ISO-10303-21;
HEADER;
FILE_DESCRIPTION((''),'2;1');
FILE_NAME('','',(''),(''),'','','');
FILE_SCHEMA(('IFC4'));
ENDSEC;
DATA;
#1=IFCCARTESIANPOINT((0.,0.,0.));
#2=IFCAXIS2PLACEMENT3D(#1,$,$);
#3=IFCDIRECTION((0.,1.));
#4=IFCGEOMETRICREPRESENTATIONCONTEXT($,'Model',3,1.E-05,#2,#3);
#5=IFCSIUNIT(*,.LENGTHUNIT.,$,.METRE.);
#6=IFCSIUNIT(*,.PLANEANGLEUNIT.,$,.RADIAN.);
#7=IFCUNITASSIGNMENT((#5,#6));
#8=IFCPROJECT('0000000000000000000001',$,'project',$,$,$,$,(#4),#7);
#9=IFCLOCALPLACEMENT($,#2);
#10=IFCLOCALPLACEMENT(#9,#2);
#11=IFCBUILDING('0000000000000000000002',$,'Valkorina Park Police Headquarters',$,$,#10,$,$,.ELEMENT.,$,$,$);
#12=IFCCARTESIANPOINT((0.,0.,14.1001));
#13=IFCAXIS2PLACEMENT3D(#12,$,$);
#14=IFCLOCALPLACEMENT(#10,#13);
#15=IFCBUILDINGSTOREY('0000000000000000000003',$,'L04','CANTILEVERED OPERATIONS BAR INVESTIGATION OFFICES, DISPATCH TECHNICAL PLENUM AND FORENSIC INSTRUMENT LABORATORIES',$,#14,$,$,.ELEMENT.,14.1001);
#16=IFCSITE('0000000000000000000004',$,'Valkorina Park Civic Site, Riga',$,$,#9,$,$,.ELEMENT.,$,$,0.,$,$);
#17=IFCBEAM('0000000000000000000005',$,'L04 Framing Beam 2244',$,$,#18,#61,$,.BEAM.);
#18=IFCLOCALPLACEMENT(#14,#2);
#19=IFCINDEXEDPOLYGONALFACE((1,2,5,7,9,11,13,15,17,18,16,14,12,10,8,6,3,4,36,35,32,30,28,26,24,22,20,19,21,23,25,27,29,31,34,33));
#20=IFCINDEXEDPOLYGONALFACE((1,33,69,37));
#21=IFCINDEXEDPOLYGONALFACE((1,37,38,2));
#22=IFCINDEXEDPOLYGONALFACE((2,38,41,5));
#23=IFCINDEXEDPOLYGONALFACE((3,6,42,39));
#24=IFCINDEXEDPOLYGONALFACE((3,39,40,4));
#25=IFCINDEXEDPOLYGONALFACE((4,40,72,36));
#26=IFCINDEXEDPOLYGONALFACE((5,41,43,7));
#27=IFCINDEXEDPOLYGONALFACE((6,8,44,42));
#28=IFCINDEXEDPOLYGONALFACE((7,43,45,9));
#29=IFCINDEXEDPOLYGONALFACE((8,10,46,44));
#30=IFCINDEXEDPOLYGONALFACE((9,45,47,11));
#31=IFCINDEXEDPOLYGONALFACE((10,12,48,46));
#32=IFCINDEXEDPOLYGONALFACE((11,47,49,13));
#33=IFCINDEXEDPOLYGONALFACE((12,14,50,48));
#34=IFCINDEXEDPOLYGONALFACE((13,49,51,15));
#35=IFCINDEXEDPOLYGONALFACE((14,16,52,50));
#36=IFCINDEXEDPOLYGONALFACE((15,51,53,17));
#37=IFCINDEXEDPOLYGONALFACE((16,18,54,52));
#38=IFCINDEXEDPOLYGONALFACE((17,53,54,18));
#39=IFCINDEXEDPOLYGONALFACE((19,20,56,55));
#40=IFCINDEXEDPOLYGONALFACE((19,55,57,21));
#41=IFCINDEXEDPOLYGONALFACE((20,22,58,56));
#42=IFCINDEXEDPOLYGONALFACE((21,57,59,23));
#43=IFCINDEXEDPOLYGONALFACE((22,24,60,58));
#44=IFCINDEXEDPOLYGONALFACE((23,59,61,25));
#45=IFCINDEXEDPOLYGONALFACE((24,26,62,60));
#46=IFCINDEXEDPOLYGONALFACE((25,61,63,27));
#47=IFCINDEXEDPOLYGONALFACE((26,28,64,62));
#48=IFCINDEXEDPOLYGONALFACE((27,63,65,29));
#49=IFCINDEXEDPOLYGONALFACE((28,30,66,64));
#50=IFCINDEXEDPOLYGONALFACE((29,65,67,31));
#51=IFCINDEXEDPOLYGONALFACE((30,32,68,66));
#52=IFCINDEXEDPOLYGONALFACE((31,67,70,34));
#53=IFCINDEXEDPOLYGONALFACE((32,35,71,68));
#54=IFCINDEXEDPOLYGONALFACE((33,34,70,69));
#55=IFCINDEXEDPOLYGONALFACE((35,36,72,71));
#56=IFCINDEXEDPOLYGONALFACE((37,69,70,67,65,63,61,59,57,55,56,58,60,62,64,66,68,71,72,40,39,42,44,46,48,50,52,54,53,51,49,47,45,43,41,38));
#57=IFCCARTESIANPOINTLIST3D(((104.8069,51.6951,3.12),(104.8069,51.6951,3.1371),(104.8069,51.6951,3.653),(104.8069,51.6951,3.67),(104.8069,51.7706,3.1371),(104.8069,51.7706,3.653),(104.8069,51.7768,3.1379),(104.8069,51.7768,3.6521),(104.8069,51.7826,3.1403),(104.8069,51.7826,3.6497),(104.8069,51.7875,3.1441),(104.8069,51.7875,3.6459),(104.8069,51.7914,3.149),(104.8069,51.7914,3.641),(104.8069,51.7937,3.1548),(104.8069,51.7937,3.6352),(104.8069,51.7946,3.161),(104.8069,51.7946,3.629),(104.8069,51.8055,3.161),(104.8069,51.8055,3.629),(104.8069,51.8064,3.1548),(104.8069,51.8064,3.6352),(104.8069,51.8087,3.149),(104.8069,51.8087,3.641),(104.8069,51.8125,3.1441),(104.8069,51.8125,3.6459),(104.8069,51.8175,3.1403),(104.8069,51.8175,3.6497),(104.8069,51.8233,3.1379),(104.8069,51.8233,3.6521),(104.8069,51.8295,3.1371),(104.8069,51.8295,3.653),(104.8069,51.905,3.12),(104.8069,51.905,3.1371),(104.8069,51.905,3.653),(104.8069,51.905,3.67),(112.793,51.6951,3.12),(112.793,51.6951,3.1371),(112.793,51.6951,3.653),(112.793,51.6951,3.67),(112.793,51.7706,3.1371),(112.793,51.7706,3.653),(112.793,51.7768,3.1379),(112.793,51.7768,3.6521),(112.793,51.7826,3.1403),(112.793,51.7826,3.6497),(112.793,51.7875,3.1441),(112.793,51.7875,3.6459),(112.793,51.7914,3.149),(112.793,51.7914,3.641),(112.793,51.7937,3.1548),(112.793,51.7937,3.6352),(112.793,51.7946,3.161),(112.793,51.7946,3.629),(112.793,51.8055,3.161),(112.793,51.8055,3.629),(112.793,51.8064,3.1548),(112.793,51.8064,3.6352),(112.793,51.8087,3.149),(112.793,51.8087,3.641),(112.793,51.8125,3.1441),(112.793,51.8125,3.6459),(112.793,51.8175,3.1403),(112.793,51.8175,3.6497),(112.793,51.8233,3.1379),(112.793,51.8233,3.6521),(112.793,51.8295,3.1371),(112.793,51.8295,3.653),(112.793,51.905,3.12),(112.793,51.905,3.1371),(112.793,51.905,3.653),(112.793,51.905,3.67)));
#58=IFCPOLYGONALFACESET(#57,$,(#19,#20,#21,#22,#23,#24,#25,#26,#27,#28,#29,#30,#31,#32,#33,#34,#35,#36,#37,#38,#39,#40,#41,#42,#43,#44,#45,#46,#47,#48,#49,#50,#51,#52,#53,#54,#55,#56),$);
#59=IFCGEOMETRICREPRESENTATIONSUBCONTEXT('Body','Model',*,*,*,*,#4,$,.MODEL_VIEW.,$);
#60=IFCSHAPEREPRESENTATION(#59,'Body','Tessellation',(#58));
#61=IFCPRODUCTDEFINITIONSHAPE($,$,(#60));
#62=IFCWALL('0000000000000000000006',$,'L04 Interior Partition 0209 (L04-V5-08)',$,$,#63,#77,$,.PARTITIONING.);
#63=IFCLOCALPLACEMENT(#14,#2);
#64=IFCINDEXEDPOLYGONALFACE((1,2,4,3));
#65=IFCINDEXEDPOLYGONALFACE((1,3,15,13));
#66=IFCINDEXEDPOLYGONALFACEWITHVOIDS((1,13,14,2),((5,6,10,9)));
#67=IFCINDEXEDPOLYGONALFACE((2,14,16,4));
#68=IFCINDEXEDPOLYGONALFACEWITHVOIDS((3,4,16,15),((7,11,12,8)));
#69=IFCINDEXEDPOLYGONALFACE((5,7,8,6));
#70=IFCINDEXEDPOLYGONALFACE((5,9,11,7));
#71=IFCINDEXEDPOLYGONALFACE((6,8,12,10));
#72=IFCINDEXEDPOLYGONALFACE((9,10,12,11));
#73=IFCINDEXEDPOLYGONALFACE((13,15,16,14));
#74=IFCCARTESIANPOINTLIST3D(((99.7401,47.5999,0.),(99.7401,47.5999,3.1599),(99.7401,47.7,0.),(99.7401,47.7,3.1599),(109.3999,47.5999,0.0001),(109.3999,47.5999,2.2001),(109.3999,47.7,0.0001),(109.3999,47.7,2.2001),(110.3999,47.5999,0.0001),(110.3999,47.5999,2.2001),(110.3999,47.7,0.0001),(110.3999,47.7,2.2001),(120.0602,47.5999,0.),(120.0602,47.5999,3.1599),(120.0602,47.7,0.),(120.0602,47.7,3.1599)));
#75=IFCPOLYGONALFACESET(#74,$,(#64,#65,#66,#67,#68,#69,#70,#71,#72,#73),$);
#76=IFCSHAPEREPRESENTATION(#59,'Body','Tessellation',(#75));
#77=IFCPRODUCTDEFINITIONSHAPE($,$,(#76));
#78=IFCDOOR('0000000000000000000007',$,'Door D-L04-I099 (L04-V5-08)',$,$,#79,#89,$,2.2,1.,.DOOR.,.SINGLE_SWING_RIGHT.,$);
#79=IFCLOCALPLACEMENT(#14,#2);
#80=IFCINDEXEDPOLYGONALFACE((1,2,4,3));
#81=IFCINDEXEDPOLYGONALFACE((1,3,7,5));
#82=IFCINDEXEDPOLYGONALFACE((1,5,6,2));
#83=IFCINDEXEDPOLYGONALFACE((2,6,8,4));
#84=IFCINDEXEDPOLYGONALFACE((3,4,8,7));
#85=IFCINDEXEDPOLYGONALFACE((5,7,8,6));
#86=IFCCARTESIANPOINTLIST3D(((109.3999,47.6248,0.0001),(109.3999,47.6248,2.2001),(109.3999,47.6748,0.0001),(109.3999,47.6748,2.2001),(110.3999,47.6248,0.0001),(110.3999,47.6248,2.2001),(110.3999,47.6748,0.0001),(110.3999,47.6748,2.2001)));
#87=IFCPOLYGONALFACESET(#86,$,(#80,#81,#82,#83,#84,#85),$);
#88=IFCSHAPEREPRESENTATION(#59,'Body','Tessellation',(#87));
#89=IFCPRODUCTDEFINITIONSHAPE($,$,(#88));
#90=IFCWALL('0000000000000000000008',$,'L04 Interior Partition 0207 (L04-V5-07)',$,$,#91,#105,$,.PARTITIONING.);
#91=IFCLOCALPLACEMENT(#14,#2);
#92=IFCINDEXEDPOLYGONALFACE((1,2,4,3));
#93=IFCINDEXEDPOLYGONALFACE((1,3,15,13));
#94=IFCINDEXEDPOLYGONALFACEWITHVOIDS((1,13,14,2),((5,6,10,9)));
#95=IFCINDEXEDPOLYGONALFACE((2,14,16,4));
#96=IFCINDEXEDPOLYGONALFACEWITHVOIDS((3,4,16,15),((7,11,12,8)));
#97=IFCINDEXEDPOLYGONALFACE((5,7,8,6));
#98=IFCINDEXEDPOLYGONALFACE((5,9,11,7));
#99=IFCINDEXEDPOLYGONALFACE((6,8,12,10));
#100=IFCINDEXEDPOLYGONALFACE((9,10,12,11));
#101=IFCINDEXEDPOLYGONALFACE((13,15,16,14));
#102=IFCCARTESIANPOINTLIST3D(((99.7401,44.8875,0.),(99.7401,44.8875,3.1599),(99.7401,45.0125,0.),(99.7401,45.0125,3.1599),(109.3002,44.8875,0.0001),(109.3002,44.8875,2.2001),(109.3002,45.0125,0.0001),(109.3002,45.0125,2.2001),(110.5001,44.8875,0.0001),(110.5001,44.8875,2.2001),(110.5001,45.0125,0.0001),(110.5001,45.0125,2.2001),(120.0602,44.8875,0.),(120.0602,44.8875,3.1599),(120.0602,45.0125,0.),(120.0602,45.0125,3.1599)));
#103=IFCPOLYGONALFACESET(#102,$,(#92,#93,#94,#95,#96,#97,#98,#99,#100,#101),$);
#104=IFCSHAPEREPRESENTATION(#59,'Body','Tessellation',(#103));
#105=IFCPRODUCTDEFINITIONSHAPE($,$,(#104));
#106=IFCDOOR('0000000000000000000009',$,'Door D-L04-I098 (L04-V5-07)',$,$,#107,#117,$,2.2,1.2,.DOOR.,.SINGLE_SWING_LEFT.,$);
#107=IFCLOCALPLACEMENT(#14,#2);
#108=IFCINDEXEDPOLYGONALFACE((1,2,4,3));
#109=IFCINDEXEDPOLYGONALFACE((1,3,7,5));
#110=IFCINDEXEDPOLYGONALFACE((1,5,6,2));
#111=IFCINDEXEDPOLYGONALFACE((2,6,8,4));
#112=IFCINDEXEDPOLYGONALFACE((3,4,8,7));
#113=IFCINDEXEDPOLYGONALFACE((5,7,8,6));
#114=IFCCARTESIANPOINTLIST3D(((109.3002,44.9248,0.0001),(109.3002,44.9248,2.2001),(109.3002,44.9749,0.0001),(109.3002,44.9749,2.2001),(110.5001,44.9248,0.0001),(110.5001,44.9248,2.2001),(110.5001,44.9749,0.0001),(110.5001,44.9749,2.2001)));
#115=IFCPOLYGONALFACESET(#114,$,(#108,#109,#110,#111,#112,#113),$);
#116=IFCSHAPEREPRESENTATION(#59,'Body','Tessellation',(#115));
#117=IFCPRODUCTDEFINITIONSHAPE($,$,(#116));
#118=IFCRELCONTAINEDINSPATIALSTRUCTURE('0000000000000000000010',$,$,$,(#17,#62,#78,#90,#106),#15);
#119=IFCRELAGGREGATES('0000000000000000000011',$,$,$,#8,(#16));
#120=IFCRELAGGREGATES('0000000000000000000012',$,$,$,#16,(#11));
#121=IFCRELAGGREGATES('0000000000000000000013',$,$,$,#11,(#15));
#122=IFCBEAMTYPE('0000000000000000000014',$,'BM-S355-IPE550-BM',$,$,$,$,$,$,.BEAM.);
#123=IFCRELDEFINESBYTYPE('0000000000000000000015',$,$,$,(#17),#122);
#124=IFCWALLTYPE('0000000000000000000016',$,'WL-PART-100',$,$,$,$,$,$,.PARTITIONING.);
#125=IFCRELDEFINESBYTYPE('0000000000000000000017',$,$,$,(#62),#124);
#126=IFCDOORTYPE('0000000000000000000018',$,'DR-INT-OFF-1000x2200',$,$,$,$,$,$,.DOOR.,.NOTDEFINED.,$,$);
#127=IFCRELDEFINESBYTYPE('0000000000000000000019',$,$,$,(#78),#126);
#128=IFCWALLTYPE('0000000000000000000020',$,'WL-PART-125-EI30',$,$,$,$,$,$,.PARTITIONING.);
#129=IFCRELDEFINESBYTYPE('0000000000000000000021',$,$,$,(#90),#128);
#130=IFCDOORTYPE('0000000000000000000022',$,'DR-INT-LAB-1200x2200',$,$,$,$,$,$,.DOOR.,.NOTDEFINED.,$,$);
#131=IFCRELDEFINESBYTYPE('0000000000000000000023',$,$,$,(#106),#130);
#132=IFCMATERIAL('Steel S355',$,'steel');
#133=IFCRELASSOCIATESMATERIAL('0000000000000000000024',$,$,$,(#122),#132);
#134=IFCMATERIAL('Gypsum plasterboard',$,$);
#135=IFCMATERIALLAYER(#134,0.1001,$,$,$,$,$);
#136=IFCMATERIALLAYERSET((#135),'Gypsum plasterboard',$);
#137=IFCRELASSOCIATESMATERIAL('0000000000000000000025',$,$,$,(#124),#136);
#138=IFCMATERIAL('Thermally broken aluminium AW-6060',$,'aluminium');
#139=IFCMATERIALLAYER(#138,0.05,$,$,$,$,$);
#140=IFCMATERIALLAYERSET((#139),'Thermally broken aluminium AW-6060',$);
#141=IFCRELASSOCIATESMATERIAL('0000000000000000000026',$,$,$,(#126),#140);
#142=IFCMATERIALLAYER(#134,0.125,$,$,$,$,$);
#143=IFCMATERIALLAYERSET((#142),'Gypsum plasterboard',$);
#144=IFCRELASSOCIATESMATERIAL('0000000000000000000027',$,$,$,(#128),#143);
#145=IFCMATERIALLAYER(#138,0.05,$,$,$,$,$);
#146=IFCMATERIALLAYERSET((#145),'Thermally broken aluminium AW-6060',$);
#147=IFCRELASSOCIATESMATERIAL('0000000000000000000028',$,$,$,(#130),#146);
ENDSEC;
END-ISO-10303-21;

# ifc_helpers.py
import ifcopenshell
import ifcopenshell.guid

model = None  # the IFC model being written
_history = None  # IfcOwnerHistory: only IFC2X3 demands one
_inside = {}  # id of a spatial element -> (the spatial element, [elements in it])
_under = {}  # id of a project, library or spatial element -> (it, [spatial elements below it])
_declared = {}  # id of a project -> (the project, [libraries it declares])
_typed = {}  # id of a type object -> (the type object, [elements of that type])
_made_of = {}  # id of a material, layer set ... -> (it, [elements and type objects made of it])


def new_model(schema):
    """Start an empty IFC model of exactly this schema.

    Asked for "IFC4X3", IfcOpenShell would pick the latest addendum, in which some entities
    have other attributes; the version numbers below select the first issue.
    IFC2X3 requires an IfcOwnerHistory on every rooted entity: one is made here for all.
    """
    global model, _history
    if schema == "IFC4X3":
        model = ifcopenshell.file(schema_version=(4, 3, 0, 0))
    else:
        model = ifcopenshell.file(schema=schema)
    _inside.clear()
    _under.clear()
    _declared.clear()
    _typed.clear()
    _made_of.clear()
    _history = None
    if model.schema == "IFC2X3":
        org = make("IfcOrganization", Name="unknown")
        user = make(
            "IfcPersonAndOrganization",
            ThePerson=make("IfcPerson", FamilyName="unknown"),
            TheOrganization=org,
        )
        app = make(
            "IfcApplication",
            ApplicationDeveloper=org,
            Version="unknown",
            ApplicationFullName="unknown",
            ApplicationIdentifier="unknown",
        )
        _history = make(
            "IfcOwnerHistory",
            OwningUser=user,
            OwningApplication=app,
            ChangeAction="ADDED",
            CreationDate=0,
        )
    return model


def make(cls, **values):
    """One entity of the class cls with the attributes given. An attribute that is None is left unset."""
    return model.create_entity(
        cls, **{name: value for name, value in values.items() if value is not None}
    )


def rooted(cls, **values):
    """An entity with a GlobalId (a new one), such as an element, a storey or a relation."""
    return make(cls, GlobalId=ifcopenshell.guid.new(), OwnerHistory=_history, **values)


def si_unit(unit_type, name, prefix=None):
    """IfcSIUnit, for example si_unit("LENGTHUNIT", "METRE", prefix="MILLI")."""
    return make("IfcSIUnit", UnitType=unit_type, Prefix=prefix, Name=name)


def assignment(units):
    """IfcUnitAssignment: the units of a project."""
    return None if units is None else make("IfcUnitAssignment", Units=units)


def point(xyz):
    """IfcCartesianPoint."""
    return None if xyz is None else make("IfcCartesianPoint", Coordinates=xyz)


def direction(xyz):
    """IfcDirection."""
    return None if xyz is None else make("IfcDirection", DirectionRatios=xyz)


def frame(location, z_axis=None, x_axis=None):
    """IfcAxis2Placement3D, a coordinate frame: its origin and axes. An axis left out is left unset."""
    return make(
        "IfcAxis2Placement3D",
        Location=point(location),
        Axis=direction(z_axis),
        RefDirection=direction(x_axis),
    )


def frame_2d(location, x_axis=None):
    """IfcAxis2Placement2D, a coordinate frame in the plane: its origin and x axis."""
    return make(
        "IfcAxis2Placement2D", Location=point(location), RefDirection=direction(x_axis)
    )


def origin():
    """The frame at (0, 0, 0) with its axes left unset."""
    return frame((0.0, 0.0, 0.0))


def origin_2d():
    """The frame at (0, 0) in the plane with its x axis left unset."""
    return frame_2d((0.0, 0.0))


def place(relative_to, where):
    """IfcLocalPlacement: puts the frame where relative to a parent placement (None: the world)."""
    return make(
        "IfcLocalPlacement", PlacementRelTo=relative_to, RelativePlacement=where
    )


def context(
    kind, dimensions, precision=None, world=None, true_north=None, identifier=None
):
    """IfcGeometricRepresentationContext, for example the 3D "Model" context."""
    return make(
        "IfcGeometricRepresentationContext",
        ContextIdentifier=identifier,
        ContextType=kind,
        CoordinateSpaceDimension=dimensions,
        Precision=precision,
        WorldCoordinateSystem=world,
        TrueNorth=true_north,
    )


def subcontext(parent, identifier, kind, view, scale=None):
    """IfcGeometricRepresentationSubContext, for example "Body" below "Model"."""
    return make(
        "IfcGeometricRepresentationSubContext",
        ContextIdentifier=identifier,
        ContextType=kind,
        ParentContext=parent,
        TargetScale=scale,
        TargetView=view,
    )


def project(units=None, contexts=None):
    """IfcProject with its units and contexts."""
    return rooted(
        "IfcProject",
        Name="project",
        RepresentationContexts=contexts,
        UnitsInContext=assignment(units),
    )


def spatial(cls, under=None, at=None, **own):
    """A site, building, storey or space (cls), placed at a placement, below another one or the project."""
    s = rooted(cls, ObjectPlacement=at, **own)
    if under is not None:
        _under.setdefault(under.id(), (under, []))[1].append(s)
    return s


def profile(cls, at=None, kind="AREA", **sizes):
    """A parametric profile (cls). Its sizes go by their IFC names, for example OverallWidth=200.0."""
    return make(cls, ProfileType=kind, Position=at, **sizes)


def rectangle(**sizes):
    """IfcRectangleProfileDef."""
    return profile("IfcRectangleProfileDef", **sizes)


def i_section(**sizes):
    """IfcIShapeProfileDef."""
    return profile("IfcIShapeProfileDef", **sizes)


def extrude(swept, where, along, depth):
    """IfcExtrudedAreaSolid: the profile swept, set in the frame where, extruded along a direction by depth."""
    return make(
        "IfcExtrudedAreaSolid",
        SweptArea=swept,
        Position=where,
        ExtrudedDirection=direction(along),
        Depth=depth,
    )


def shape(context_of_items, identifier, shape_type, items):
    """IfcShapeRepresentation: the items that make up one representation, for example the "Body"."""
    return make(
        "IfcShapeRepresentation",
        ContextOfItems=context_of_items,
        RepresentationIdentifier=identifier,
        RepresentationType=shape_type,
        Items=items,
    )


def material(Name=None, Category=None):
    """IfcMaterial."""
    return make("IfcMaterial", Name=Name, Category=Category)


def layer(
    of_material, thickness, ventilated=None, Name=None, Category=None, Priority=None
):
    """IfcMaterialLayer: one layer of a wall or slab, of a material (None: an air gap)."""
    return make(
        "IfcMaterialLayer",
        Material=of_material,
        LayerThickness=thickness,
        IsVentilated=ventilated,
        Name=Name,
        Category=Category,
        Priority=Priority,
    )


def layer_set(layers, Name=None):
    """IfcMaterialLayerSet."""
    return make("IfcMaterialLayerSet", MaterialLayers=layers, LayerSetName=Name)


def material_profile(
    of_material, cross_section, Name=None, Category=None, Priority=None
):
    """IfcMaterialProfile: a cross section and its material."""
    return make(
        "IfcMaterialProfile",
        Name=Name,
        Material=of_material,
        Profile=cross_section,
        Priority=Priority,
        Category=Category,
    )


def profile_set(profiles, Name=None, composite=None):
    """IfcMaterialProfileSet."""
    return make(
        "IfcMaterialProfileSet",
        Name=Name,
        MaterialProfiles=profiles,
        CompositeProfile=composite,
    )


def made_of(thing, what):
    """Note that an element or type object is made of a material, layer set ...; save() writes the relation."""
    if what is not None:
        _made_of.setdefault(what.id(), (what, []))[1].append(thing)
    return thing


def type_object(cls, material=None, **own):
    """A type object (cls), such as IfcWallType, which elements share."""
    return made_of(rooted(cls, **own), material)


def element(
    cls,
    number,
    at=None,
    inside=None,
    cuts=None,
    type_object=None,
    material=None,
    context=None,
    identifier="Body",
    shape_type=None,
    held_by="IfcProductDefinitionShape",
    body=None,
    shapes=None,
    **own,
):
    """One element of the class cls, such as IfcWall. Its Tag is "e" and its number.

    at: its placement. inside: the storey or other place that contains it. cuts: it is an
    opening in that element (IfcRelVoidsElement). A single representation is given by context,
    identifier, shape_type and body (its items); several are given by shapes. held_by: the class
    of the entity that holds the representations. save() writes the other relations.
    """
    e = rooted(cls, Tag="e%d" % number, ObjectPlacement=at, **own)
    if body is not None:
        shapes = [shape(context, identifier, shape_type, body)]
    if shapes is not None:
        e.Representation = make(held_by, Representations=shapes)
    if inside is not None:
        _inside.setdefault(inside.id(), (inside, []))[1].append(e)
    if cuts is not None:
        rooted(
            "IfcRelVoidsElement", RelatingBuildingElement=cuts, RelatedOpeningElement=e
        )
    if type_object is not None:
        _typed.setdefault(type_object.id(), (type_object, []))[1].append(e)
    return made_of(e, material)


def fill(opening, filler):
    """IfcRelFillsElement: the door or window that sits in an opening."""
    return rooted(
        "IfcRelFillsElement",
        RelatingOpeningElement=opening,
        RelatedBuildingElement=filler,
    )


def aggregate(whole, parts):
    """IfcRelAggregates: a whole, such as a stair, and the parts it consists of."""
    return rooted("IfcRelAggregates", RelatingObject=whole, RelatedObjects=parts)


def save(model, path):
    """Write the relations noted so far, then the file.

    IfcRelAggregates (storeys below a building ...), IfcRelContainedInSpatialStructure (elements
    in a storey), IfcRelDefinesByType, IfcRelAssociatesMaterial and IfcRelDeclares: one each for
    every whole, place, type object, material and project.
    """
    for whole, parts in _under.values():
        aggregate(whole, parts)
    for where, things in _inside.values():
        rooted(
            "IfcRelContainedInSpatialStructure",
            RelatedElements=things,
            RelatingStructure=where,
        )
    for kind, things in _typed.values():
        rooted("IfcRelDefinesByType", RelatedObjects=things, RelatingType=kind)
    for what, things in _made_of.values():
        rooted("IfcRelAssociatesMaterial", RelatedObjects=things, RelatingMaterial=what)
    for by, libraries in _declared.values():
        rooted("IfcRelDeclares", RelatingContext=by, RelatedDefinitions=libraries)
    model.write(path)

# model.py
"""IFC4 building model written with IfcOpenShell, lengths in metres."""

from ifc_helpers import new_model, si_unit, direction, frame, frame_2d, origin, origin_2d, place, context, subcontext, project, spatial, rectangle, i_section, extrude, material, layer, layer_set, material_profile, profile_set, type_object, element, fill, save


model = new_model("IFC4")

# Units and contexts
model_context = context("Model", 3, precision=1e-05, world=origin(), true_north=direction((0.0, 1.0)))
body_context = subcontext(model_context, "Body", "Model", "MODEL_VIEW")
ifc_project = project(units=[si_unit("LENGTHUNIT", "METRE"), si_unit("PLANEANGLEUNIT", "RADIAN")], contexts=[model_context])

# Site, building, storey
site_placement = place(None, origin())
site = spatial("IfcSite", under=ifc_project, at=site_placement, Name="Valkorina Park Civic Site, Riga", CompositionType="ELEMENT", RefElevation=0.0)
building_placement = place(site_placement, origin())
building = spatial("IfcBuilding", under=site, at=building_placement, Name="Valkorina Park Police Headquarters", CompositionType="ELEMENT")
storey_placement = place(building_placement, frame((0.0, 0.0, 14.1001)))
storey = spatial("IfcBuildingStorey", under=building, at=storey_placement, Name="L04", Description="CANTILEVERED OPERATIONS BAR INVESTIGATION OFFICES, DISPATCH TECHNICAL PLENUM AND FORENSIC INSTRUMENT LABORATORIES", CompositionType="ELEMENT", Elevation=14.1001)

# Shared definitions
ifc_material_1 = material(Name="Steel S355", Category="steel")

# Beam
ifc_material_profile_1 = material_profile(ifc_material_1, i_section(OverallWidth=0.21, OverallDepth=0.55, WebThickness=0.011, FlangeThickness=0.0171, FilletRadius=0.0239, at=origin_2d()), Name="IPE 550")
ifc_profile_set_1 = profile_set([ifc_material_profile_1], Name="Steel S355")
beam_type_1 = type_object("IfcBeamType", Name="BM-S355-IPE550-BM", PredefinedType="BEAM", material=ifc_profile_set_1)
for number, where, z_axis, x_axis, name in (
    (1, (104.8069, 51.8, 3.395), (1.0, 0.0, 0.0), (0.0, 1.0, 0.0), "L04 Framing Beam 2244"),
):
    element("IfcBeam", number, at=place(storey_placement, frame(where, z_axis=z_axis, x_axis=x_axis)), inside=storey, type_object=beam_type_1, Name=name, PredefinedType="BEAM", context=body_context, shape_type="SweptSolid", body=[
        extrude(i_section(OverallWidth=0.21, OverallDepth=0.55, WebThickness=0.011, FlangeThickness=0.0171, FilletRadius=0.0239, at=origin_2d()), origin(), (0.0, 0.0, 1.0), 7.9861),
    ])

# Walls, openings, doors
ifc_material_2 = material(Name="Gypsum plasterboard")
ifc_layer_1 = layer(ifc_material_2, 0.1001)
ifc_layer_set_1 = layer_set([ifc_layer_1], Name="Gypsum plasterboard")
wall_type_1 = type_object("IfcWallType", Name="WL-PART-100", PredefinedType="PARTITIONING", material=ifc_layer_set_1)
wall_1_placement = place(storey_placement, frame((99.74, 47.6499, 0.0), z_axis=(0.0, 0.0, 1.0), x_axis=(1.0, 0.0, 0.0)))
wall_1 = element("IfcWall", 2, at=wall_1_placement, inside=storey, type_object=wall_type_1, Name="L04 Interior Partition 0209 (L04-V5-08)", PredefinedType="PARTITIONING", context=body_context, shape_type="SweptSolid", body=[
    extrude(rectangle(XDim=20.3201, YDim=0.1001, at=frame_2d((10.1602, 0.0))), origin(), (0.0, 0.0, 1.0), 3.1599),
])
opening_1_placement = place(wall_1_placement, frame((9.6599, 0.0, 0.0)))
opening_1 = element("IfcOpeningElement", 3, at=opening_1_placement, cuts=wall_1, PredefinedType="OPENING", context=body_context, shape_type="SweptSolid", body=[
    extrude(rectangle(XDim=1.0, YDim=2.2, at=frame_2d((0.5, 1.1001))), frame((0.0, 0.0601, 0.0), z_axis=(0.0, -1.0, 0.0), x_axis=(1.0, 0.0, 0.0)), (0.0, 0.0, 1.0), 0.1201),
])
ifc_material_3 = material(Name="Thermally broken aluminium AW-6060", Category="aluminium")
ifc_layer_2 = layer(ifc_material_3, 0.05)
ifc_layer_set_2 = layer_set([ifc_layer_2], Name="Thermally broken aluminium AW-6060")
door_type_1 = type_object("IfcDoorType", Name="DR-INT-OFF-1000x2200", OperationType="NOTDEFINED", PredefinedType="DOOR", material=ifc_layer_set_2)
door_1_placement = place(opening_1_placement, origin())
door_1 = element("IfcDoor", 4, at=door_1_placement, inside=storey, type_object=door_type_1, Name="Door D-L04-I099 (L04-V5-08)", OperationType="SINGLE_SWING_RIGHT", OverallHeight=2.2, OverallWidth=1.0, PredefinedType="DOOR", context=body_context, shape_type="SweptSolid", body=[
    extrude(rectangle(XDim=1.0, YDim=2.2, at=frame_2d((0.5, 1.1001))), frame((0.0, 0.0249, 0.0), z_axis=(0.0, -1.0, 0.0), x_axis=(1.0, 0.0, 0.0)), (0.0, 0.0, 1.0), 0.05),
])
fill(opening_1, door_1)
ifc_layer_3 = layer(ifc_material_2, 0.125)
ifc_layer_set_3 = layer_set([ifc_layer_3], Name="Gypsum plasterboard")
wall_type_2 = type_object("IfcWallType", Name="WL-PART-125-EI30", PredefinedType="PARTITIONING", material=ifc_layer_set_3)
wall_2_placement = place(storey_placement, frame((99.74, 44.95, 0.0), z_axis=(0.0, 0.0, 1.0), x_axis=(1.0, 0.0, 0.0)))
wall_2 = element("IfcWall", 5, at=wall_2_placement, inside=storey, type_object=wall_type_2, Name="L04 Interior Partition 0207 (L04-V5-07)", PredefinedType="PARTITIONING", context=body_context, shape_type="SweptSolid", body=[
    extrude(rectangle(XDim=20.3201, YDim=0.125, at=frame_2d((10.1602, 0.0))), origin(), (0.0, 0.0, 1.0), 3.1599),
])
opening_2_placement = place(wall_2_placement, frame((9.5601, 0.0, 0.0)))
opening_2 = element("IfcOpeningElement", 6, at=opening_2_placement, cuts=wall_2, PredefinedType="OPENING", context=body_context, shape_type="SweptSolid", body=[
    extrude(rectangle(XDim=1.2, YDim=2.2, at=frame_2d((0.6001, 1.1001))), frame((0.0, 0.0725, 0.0), z_axis=(0.0, -1.0, 0.0), x_axis=(1.0, 0.0, 0.0)), (0.0, 0.0, 1.0), 0.145),
])
ifc_layer_4 = layer(ifc_material_3, 0.05)
ifc_layer_set_4 = layer_set([ifc_layer_4], Name="Thermally broken aluminium AW-6060")
door_type_2 = type_object("IfcDoorType", Name="DR-INT-LAB-1200x2200", OperationType="NOTDEFINED", PredefinedType="DOOR", material=ifc_layer_set_4)
door_2_placement = place(opening_2_placement, origin())
door_2 = element("IfcDoor", 7, at=door_2_placement, inside=storey, type_object=door_type_2, Name="Door D-L04-I098 (L04-V5-07)", OperationType="SINGLE_SWING_LEFT", OverallHeight=2.2, OverallWidth=1.2, PredefinedType="DOOR", context=body_context, shape_type="SweptSolid", body=[
    extrude(rectangle(XDim=1.2, YDim=2.2, at=frame_2d((0.6001, 1.1001))), frame((0.0, 0.0249, 0.0), z_axis=(0.0, -1.0, 0.0), x_axis=(1.0, 0.0, 0.0)), (0.0, 0.0, 1.0), 0.05),
])
fill(opening_2, door_2)

save(model, "model.ifc")
